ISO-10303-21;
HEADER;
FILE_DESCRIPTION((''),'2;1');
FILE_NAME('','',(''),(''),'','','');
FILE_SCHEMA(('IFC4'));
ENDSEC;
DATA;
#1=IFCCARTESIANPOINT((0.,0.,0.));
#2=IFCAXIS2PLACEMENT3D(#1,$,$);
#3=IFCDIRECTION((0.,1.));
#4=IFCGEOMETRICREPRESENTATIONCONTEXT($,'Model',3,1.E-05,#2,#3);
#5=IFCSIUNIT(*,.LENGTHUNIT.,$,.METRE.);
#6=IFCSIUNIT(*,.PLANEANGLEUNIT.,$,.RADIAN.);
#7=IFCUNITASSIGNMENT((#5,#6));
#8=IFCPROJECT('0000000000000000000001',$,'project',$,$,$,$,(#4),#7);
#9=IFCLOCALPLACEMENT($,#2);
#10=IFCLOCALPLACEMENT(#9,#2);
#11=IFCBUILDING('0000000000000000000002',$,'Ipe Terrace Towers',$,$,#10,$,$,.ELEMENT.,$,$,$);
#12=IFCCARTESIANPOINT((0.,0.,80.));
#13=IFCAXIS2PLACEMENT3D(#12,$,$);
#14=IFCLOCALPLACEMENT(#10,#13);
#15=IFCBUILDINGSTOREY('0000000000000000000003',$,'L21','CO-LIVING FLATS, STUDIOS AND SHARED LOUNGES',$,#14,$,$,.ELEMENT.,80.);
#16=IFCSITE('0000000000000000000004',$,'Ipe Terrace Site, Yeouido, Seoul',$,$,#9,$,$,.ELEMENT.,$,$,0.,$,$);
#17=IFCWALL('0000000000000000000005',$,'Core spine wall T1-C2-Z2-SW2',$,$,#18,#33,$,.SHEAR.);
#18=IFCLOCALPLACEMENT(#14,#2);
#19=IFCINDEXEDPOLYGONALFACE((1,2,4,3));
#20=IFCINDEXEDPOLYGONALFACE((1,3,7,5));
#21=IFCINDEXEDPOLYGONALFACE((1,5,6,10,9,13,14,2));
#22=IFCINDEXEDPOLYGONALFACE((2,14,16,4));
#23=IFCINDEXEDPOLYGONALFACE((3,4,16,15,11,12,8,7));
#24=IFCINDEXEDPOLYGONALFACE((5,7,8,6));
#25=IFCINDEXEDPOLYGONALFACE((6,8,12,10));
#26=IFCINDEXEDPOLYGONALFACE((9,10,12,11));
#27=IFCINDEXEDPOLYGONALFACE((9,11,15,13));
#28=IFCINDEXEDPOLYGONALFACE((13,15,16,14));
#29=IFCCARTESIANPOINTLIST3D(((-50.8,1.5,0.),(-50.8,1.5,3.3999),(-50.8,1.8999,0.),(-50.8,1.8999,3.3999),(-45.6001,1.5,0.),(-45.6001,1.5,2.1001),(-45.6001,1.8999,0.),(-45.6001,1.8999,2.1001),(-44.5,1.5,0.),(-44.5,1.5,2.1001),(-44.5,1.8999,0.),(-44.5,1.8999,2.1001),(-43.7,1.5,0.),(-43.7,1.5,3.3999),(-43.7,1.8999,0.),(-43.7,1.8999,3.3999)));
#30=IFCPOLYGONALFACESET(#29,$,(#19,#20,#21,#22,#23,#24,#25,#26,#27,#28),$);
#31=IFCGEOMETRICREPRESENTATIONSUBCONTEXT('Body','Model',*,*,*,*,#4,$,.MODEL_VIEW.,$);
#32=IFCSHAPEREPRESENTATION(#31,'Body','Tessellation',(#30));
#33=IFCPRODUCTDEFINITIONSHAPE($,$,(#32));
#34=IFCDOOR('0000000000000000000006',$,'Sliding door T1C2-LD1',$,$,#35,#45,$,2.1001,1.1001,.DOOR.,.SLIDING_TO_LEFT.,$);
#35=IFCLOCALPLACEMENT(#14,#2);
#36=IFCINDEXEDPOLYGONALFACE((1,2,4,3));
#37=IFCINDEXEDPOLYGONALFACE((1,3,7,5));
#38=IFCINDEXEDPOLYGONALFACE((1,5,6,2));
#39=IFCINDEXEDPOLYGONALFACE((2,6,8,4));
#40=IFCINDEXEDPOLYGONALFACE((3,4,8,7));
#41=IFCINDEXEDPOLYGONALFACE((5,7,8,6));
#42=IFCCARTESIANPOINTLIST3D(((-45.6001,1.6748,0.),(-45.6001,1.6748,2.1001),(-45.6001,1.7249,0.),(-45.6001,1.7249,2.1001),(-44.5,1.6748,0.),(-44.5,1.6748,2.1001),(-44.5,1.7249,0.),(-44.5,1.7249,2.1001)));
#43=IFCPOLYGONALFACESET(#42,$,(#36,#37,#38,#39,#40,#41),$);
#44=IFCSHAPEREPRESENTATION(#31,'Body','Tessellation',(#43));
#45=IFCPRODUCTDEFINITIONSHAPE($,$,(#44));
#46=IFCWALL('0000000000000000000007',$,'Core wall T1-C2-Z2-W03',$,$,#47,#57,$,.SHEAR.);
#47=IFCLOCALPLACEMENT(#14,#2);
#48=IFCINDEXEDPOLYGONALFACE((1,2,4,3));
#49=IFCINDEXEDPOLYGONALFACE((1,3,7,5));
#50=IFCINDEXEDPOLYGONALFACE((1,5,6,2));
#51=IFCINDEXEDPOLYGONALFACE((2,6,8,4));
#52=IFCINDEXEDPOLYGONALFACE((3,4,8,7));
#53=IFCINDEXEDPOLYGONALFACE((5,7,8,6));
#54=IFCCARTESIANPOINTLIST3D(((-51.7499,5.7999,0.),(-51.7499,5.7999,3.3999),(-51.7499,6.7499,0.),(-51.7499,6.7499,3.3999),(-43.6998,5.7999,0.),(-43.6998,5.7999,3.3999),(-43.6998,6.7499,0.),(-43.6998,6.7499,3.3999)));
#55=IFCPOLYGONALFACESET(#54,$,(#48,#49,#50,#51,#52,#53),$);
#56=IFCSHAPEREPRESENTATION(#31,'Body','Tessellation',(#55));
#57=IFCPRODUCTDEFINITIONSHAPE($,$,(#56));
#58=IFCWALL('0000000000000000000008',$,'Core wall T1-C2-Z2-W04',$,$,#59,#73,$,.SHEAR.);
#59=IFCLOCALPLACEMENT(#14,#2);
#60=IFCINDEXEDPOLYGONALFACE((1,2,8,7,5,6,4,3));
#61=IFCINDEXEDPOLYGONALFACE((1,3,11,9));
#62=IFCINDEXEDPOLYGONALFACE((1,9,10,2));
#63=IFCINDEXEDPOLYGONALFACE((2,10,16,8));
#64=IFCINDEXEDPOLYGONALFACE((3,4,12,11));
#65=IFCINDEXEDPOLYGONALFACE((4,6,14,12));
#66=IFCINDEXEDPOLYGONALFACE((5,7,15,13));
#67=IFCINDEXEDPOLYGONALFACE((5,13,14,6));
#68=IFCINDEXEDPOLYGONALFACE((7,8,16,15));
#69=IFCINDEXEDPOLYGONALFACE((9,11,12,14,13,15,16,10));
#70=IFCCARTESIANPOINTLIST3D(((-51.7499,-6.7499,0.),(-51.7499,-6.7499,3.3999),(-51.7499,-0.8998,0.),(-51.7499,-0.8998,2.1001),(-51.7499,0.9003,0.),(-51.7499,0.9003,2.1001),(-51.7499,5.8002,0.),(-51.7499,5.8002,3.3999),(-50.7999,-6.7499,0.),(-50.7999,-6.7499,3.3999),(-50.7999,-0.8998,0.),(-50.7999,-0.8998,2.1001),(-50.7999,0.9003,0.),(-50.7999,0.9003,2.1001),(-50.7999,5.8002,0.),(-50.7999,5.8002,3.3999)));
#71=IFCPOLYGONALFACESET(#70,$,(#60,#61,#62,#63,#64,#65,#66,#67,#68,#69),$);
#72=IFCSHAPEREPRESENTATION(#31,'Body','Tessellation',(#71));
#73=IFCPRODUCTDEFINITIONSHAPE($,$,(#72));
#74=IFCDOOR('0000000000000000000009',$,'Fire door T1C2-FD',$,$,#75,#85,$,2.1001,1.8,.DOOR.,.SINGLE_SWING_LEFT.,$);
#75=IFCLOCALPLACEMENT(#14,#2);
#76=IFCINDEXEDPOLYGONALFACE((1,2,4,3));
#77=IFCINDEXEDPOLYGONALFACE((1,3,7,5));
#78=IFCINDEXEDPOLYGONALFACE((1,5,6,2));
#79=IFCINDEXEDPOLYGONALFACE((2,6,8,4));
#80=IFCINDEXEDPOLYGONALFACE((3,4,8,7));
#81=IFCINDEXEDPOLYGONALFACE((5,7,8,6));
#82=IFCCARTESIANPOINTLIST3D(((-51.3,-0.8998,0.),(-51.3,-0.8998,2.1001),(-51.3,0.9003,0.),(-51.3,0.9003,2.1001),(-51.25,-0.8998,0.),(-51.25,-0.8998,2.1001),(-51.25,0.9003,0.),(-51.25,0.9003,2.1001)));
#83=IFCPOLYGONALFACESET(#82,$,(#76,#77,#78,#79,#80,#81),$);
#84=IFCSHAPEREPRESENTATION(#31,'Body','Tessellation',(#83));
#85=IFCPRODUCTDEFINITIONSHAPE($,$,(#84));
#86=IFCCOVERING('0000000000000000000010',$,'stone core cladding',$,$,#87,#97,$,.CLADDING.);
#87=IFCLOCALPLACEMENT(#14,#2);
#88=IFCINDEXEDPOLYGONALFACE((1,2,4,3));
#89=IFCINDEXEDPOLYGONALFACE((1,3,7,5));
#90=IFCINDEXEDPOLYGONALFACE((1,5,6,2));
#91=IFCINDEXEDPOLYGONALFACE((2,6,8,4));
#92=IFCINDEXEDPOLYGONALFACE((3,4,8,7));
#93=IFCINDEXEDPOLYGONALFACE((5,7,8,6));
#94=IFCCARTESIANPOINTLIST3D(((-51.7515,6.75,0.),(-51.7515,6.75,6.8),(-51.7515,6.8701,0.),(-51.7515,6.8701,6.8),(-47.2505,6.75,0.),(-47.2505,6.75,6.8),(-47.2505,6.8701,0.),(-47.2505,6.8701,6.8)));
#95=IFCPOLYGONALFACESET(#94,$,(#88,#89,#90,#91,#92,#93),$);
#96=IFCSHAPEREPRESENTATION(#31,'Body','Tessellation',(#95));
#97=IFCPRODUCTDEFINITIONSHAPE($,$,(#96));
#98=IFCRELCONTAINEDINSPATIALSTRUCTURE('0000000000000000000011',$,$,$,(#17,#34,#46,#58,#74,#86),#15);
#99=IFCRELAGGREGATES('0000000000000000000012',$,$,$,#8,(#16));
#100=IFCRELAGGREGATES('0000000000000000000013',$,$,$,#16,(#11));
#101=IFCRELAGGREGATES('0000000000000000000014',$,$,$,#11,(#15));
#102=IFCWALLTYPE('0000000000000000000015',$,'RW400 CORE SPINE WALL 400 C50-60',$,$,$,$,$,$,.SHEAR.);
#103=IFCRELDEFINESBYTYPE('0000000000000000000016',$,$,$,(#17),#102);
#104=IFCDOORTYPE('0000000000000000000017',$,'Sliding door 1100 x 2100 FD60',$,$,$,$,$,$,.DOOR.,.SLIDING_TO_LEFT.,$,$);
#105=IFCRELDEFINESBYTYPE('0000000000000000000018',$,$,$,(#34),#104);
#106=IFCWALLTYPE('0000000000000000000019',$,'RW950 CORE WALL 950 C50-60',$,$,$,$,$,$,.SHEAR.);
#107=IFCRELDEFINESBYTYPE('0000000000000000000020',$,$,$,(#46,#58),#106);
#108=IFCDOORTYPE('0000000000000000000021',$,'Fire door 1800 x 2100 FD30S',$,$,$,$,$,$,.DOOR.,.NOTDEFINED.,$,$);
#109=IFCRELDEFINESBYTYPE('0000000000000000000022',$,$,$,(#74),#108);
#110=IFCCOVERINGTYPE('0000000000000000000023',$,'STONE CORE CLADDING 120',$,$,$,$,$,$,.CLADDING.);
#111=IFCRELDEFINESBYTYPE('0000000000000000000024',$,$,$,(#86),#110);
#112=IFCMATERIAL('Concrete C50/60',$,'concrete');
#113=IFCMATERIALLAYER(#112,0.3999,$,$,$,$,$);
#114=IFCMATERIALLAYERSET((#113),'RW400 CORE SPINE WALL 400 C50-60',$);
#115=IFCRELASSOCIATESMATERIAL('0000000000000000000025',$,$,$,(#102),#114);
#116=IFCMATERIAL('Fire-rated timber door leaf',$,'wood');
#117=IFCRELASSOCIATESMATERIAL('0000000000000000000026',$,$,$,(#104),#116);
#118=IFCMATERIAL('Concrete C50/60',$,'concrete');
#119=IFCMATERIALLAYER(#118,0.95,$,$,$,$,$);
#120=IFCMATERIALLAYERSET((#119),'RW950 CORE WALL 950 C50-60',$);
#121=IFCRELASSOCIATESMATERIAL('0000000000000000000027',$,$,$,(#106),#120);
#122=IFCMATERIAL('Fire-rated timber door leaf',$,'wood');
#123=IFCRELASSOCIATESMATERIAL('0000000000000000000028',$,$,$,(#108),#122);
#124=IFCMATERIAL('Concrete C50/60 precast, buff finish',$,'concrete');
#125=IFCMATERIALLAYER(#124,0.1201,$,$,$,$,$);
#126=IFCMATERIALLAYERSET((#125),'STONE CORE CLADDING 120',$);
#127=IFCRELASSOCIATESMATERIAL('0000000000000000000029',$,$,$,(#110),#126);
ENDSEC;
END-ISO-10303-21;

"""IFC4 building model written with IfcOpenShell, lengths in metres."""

from ifc_helpers import new_model, si_unit, direction, frame, frame_2d, origin, origin_2d, place, context, subcontext, project, spatial, rectangle, extrude, material, layer, layer_set, type_object, element, fill, save


model = new_model("IFC4")

# Units and contexts
model_context = context("Model", 3, precision=1e-05, world=origin(), true_north=direction((0.0, 1.0)))
body_context = subcontext(model_context, "Body", "Model", "MODEL_VIEW")
ifc_project = project(units=[si_unit("LENGTHUNIT", "METRE"), si_unit("PLANEANGLEUNIT", "RADIAN")], contexts=[model_context])

# Site, building, storey
site_placement = place(None, origin())
site = spatial("IfcSite", under=ifc_project, at=site_placement, Name="Ipe Terrace Site, Yeouido, Seoul", CompositionType="ELEMENT", RefElevation=0.0)
building_placement = place(site_placement, origin())
building = spatial("IfcBuilding", under=site, at=building_placement, Name="Ipe Terrace Towers", CompositionType="ELEMENT")
storey_placement = place(building_placement, frame((0.0, 0.0, 80.0)))
storey = spatial("IfcBuildingStorey", under=building, at=storey_placement, Name="L21", Description="CO-LIVING FLATS, STUDIOS AND SHARED LOUNGES", CompositionType="ELEMENT", Elevation=80.0)

# Wall, opening, door
ifc_material_1 = material(Name="Concrete C50/60", Category="concrete")
ifc_layer_1 = layer(ifc_material_1, 0.3999)
ifc_layer_set_1 = layer_set([ifc_layer_1], Name="RW400 CORE SPINE WALL 400 C50-60")
wall_type_1 = type_object("IfcWallType", Name="RW400 CORE SPINE WALL 400 C50-60", PredefinedType="SHEAR", material=ifc_layer_set_1)
wall_1_placement = place(storey_placement, frame((-50.8, 1.7, 0.0), z_axis=(0.0, 0.0, 1.0), x_axis=(1.0, 0.0, 0.0)))
wall_1 = element("IfcWall", 1, at=wall_1_placement, inside=storey, type_object=wall_type_1, Name="Core spine wall T1-C2-Z2-SW2", PredefinedType="SHEAR", context=body_context, shape_type="SweptSolid", body=[
    extrude(rectangle(XDim=7.1001, YDim=0.3999, at=frame_2d((3.55, 0.0))), origin(), (0.0, 0.0, 1.0), 3.3999),
])
opening_1_placement = place(wall_1_placement, frame((5.2, 0.0, 0.0)))
opening_1 = element("IfcOpeningElement", 2, at=opening_1_placement, cuts=wall_1, PredefinedType="OPENING", context=body_context, shape_type="SweptSolid", body=[
    extrude(rectangle(XDim=1.1001, YDim=2.1001, at=frame_2d((0.55, 1.05))), frame((0.0, 0.21, 0.0), z_axis=(0.0, -1.0, 0.0), x_axis=(1.0, 0.0, 0.0)), (0.0, 0.0, 1.0), 0.4199),
])
ifc_material_2 = material(Name="Fire-rated timber door leaf", Category="wood")
door_type_1 = type_object("IfcDoorType", Name="Sliding door 1100 x 2100 FD60", OperationType="SLIDING_TO_LEFT", PredefinedType="DOOR", material=ifc_material_2)
door_1_placement = place(opening_1_placement, origin())
door_1 = element("IfcDoor", 3, at=door_1_placement, inside=storey, type_object=door_type_1, Name="Sliding door T1C2-LD1", OperationType="SLIDING_TO_LEFT", OverallHeight=2.1001, OverallWidth=1.1001, PredefinedType="DOOR", context=body_context, shape_type="SweptSolid", body=[
    extrude(rectangle(XDim=1.1001, YDim=2.1001, at=frame_2d((0.55, 1.05))), frame((0.0, 0.0249, 0.0), z_axis=(0.0, -1.0, 0.0), x_axis=(1.0, 0.0, 0.0)), (0.0, 0.0, 1.0), 0.05),
])
fill(opening_1, door_1)

# Wall
ifc_material_3 = material(Name="Concrete C50/60", Category="concrete")
ifc_layer_2 = layer(ifc_material_3, 0.95)
ifc_layer_set_2 = layer_set([ifc_layer_2], Name="RW950 CORE WALL 950 C50-60")
wall_type_2 = type_object("IfcWallType", Name="RW950 CORE WALL 950 C50-60", PredefinedType="SHEAR", material=ifc_layer_set_2)
wall_2_placement = place(storey_placement, frame((-43.7, 6.2749, 0.0), z_axis=(0.0, 0.0, 1.0), x_axis=(-1.0, 0.0, 0.0)))
element("IfcWall", 4, at=wall_2_placement, inside=storey, type_object=wall_type_2, Name="Core wall T1-C2-Z2-W03", PredefinedType="SHEAR", context=body_context, shape_type="SweptSolid", body=[
    extrude(rectangle(XDim=8.05, YDim=0.95, at=frame_2d((4.0249, 0.0))), origin(), (0.0, 0.0, 1.0), 3.3999),
])

# Wall, opening, door
wall_3_placement = place(storey_placement, frame((-51.2749, 5.8, 0.0), z_axis=(0.0, 0.0, 1.0), x_axis=(0.0, -1.0, 0.0)))
wall_3 = element("IfcWall", 5, at=wall_3_placement, inside=storey, type_object=wall_type_2, Name="Core wall T1-C2-Z2-W04", PredefinedType="SHEAR", context=body_context, shape_type="SweptSolid", body=[
    extrude(rectangle(XDim=12.55, YDim=0.95, at=frame_2d((6.2749, 0.0))), origin(), (0.0, 0.0, 1.0), 3.3999),
])
opening_2_placement = place(wall_3_placement, frame((4.8999, 0.0, 0.0)))
opening_2 = element("IfcOpeningElement", 6, at=opening_2_placement, cuts=wall_3, PredefinedType="OPENING", context=body_context, shape_type="SweptSolid", body=[
    extrude(rectangle(XDim=1.8, YDim=2.1001, at=frame_2d((0.8999, 1.05))), frame((0.0, 0.4849, 0.0), z_axis=(0.0, -1.0, 0.0), x_axis=(1.0, 0.0, 0.0)), (0.0, 0.0, 1.0), 0.97),
])
ifc_material_4 = material(Name="Fire-rated timber door leaf", Category="wood")
door_type_2 = type_object("IfcDoorType", Name="Fire door 1800 x 2100 FD30S", OperationType="NOTDEFINED", PredefinedType="DOOR", material=ifc_material_4)
door_2_placement = place(opening_2_placement, origin())
door_2 = element("IfcDoor", 7, at=door_2_placement, inside=storey, type_object=door_type_2, Name="Fire door T1C2-FD", OperationType="SINGLE_SWING_LEFT", OverallHeight=2.1001, OverallWidth=1.8, PredefinedType="DOOR", context=body_context, shape_type="SweptSolid", body=[
    extrude(rectangle(XDim=1.8, YDim=2.1001, at=frame_2d((0.8999, 1.05))), frame((0.0, 0.0249, 0.0), z_axis=(0.0, -1.0, 0.0), x_axis=(1.0, 0.0, 0.0)), (0.0, 0.0, 1.0), 0.05),
])
fill(opening_2, door_2)

# Covering
ifc_material_5 = material(Name="Concrete C50/60 precast, buff finish", Category="concrete")
ifc_layer_3 = layer(ifc_material_5, 0.1201)
ifc_layer_set_3 = layer_set([ifc_layer_3], Name="STONE CORE CLADDING 120")
covering_type = type_object("IfcCoveringType", Name="STONE CORE CLADDING 120", PredefinedType="CLADDING", material=ifc_layer_set_3)
covering_placement = place(storey_placement, frame((-49.501, 6.8101, 0.0), z_axis=(0.0, 0.0, 1.0), x_axis=(-1.0, 0.0, 0.0)))
element("IfcCovering", 8, at=covering_placement, inside=storey, type_object=covering_type, Name="stone core cladding", PredefinedType="CLADDING", context=body_context, shape_type="SweptSolid", body=[
    extrude(rectangle(XDim=4.501, YDim=0.1201, at=origin_2d()), origin(), (0.0, 0.0, 1.0), 6.8),
])

save(model, "model.ifc")
